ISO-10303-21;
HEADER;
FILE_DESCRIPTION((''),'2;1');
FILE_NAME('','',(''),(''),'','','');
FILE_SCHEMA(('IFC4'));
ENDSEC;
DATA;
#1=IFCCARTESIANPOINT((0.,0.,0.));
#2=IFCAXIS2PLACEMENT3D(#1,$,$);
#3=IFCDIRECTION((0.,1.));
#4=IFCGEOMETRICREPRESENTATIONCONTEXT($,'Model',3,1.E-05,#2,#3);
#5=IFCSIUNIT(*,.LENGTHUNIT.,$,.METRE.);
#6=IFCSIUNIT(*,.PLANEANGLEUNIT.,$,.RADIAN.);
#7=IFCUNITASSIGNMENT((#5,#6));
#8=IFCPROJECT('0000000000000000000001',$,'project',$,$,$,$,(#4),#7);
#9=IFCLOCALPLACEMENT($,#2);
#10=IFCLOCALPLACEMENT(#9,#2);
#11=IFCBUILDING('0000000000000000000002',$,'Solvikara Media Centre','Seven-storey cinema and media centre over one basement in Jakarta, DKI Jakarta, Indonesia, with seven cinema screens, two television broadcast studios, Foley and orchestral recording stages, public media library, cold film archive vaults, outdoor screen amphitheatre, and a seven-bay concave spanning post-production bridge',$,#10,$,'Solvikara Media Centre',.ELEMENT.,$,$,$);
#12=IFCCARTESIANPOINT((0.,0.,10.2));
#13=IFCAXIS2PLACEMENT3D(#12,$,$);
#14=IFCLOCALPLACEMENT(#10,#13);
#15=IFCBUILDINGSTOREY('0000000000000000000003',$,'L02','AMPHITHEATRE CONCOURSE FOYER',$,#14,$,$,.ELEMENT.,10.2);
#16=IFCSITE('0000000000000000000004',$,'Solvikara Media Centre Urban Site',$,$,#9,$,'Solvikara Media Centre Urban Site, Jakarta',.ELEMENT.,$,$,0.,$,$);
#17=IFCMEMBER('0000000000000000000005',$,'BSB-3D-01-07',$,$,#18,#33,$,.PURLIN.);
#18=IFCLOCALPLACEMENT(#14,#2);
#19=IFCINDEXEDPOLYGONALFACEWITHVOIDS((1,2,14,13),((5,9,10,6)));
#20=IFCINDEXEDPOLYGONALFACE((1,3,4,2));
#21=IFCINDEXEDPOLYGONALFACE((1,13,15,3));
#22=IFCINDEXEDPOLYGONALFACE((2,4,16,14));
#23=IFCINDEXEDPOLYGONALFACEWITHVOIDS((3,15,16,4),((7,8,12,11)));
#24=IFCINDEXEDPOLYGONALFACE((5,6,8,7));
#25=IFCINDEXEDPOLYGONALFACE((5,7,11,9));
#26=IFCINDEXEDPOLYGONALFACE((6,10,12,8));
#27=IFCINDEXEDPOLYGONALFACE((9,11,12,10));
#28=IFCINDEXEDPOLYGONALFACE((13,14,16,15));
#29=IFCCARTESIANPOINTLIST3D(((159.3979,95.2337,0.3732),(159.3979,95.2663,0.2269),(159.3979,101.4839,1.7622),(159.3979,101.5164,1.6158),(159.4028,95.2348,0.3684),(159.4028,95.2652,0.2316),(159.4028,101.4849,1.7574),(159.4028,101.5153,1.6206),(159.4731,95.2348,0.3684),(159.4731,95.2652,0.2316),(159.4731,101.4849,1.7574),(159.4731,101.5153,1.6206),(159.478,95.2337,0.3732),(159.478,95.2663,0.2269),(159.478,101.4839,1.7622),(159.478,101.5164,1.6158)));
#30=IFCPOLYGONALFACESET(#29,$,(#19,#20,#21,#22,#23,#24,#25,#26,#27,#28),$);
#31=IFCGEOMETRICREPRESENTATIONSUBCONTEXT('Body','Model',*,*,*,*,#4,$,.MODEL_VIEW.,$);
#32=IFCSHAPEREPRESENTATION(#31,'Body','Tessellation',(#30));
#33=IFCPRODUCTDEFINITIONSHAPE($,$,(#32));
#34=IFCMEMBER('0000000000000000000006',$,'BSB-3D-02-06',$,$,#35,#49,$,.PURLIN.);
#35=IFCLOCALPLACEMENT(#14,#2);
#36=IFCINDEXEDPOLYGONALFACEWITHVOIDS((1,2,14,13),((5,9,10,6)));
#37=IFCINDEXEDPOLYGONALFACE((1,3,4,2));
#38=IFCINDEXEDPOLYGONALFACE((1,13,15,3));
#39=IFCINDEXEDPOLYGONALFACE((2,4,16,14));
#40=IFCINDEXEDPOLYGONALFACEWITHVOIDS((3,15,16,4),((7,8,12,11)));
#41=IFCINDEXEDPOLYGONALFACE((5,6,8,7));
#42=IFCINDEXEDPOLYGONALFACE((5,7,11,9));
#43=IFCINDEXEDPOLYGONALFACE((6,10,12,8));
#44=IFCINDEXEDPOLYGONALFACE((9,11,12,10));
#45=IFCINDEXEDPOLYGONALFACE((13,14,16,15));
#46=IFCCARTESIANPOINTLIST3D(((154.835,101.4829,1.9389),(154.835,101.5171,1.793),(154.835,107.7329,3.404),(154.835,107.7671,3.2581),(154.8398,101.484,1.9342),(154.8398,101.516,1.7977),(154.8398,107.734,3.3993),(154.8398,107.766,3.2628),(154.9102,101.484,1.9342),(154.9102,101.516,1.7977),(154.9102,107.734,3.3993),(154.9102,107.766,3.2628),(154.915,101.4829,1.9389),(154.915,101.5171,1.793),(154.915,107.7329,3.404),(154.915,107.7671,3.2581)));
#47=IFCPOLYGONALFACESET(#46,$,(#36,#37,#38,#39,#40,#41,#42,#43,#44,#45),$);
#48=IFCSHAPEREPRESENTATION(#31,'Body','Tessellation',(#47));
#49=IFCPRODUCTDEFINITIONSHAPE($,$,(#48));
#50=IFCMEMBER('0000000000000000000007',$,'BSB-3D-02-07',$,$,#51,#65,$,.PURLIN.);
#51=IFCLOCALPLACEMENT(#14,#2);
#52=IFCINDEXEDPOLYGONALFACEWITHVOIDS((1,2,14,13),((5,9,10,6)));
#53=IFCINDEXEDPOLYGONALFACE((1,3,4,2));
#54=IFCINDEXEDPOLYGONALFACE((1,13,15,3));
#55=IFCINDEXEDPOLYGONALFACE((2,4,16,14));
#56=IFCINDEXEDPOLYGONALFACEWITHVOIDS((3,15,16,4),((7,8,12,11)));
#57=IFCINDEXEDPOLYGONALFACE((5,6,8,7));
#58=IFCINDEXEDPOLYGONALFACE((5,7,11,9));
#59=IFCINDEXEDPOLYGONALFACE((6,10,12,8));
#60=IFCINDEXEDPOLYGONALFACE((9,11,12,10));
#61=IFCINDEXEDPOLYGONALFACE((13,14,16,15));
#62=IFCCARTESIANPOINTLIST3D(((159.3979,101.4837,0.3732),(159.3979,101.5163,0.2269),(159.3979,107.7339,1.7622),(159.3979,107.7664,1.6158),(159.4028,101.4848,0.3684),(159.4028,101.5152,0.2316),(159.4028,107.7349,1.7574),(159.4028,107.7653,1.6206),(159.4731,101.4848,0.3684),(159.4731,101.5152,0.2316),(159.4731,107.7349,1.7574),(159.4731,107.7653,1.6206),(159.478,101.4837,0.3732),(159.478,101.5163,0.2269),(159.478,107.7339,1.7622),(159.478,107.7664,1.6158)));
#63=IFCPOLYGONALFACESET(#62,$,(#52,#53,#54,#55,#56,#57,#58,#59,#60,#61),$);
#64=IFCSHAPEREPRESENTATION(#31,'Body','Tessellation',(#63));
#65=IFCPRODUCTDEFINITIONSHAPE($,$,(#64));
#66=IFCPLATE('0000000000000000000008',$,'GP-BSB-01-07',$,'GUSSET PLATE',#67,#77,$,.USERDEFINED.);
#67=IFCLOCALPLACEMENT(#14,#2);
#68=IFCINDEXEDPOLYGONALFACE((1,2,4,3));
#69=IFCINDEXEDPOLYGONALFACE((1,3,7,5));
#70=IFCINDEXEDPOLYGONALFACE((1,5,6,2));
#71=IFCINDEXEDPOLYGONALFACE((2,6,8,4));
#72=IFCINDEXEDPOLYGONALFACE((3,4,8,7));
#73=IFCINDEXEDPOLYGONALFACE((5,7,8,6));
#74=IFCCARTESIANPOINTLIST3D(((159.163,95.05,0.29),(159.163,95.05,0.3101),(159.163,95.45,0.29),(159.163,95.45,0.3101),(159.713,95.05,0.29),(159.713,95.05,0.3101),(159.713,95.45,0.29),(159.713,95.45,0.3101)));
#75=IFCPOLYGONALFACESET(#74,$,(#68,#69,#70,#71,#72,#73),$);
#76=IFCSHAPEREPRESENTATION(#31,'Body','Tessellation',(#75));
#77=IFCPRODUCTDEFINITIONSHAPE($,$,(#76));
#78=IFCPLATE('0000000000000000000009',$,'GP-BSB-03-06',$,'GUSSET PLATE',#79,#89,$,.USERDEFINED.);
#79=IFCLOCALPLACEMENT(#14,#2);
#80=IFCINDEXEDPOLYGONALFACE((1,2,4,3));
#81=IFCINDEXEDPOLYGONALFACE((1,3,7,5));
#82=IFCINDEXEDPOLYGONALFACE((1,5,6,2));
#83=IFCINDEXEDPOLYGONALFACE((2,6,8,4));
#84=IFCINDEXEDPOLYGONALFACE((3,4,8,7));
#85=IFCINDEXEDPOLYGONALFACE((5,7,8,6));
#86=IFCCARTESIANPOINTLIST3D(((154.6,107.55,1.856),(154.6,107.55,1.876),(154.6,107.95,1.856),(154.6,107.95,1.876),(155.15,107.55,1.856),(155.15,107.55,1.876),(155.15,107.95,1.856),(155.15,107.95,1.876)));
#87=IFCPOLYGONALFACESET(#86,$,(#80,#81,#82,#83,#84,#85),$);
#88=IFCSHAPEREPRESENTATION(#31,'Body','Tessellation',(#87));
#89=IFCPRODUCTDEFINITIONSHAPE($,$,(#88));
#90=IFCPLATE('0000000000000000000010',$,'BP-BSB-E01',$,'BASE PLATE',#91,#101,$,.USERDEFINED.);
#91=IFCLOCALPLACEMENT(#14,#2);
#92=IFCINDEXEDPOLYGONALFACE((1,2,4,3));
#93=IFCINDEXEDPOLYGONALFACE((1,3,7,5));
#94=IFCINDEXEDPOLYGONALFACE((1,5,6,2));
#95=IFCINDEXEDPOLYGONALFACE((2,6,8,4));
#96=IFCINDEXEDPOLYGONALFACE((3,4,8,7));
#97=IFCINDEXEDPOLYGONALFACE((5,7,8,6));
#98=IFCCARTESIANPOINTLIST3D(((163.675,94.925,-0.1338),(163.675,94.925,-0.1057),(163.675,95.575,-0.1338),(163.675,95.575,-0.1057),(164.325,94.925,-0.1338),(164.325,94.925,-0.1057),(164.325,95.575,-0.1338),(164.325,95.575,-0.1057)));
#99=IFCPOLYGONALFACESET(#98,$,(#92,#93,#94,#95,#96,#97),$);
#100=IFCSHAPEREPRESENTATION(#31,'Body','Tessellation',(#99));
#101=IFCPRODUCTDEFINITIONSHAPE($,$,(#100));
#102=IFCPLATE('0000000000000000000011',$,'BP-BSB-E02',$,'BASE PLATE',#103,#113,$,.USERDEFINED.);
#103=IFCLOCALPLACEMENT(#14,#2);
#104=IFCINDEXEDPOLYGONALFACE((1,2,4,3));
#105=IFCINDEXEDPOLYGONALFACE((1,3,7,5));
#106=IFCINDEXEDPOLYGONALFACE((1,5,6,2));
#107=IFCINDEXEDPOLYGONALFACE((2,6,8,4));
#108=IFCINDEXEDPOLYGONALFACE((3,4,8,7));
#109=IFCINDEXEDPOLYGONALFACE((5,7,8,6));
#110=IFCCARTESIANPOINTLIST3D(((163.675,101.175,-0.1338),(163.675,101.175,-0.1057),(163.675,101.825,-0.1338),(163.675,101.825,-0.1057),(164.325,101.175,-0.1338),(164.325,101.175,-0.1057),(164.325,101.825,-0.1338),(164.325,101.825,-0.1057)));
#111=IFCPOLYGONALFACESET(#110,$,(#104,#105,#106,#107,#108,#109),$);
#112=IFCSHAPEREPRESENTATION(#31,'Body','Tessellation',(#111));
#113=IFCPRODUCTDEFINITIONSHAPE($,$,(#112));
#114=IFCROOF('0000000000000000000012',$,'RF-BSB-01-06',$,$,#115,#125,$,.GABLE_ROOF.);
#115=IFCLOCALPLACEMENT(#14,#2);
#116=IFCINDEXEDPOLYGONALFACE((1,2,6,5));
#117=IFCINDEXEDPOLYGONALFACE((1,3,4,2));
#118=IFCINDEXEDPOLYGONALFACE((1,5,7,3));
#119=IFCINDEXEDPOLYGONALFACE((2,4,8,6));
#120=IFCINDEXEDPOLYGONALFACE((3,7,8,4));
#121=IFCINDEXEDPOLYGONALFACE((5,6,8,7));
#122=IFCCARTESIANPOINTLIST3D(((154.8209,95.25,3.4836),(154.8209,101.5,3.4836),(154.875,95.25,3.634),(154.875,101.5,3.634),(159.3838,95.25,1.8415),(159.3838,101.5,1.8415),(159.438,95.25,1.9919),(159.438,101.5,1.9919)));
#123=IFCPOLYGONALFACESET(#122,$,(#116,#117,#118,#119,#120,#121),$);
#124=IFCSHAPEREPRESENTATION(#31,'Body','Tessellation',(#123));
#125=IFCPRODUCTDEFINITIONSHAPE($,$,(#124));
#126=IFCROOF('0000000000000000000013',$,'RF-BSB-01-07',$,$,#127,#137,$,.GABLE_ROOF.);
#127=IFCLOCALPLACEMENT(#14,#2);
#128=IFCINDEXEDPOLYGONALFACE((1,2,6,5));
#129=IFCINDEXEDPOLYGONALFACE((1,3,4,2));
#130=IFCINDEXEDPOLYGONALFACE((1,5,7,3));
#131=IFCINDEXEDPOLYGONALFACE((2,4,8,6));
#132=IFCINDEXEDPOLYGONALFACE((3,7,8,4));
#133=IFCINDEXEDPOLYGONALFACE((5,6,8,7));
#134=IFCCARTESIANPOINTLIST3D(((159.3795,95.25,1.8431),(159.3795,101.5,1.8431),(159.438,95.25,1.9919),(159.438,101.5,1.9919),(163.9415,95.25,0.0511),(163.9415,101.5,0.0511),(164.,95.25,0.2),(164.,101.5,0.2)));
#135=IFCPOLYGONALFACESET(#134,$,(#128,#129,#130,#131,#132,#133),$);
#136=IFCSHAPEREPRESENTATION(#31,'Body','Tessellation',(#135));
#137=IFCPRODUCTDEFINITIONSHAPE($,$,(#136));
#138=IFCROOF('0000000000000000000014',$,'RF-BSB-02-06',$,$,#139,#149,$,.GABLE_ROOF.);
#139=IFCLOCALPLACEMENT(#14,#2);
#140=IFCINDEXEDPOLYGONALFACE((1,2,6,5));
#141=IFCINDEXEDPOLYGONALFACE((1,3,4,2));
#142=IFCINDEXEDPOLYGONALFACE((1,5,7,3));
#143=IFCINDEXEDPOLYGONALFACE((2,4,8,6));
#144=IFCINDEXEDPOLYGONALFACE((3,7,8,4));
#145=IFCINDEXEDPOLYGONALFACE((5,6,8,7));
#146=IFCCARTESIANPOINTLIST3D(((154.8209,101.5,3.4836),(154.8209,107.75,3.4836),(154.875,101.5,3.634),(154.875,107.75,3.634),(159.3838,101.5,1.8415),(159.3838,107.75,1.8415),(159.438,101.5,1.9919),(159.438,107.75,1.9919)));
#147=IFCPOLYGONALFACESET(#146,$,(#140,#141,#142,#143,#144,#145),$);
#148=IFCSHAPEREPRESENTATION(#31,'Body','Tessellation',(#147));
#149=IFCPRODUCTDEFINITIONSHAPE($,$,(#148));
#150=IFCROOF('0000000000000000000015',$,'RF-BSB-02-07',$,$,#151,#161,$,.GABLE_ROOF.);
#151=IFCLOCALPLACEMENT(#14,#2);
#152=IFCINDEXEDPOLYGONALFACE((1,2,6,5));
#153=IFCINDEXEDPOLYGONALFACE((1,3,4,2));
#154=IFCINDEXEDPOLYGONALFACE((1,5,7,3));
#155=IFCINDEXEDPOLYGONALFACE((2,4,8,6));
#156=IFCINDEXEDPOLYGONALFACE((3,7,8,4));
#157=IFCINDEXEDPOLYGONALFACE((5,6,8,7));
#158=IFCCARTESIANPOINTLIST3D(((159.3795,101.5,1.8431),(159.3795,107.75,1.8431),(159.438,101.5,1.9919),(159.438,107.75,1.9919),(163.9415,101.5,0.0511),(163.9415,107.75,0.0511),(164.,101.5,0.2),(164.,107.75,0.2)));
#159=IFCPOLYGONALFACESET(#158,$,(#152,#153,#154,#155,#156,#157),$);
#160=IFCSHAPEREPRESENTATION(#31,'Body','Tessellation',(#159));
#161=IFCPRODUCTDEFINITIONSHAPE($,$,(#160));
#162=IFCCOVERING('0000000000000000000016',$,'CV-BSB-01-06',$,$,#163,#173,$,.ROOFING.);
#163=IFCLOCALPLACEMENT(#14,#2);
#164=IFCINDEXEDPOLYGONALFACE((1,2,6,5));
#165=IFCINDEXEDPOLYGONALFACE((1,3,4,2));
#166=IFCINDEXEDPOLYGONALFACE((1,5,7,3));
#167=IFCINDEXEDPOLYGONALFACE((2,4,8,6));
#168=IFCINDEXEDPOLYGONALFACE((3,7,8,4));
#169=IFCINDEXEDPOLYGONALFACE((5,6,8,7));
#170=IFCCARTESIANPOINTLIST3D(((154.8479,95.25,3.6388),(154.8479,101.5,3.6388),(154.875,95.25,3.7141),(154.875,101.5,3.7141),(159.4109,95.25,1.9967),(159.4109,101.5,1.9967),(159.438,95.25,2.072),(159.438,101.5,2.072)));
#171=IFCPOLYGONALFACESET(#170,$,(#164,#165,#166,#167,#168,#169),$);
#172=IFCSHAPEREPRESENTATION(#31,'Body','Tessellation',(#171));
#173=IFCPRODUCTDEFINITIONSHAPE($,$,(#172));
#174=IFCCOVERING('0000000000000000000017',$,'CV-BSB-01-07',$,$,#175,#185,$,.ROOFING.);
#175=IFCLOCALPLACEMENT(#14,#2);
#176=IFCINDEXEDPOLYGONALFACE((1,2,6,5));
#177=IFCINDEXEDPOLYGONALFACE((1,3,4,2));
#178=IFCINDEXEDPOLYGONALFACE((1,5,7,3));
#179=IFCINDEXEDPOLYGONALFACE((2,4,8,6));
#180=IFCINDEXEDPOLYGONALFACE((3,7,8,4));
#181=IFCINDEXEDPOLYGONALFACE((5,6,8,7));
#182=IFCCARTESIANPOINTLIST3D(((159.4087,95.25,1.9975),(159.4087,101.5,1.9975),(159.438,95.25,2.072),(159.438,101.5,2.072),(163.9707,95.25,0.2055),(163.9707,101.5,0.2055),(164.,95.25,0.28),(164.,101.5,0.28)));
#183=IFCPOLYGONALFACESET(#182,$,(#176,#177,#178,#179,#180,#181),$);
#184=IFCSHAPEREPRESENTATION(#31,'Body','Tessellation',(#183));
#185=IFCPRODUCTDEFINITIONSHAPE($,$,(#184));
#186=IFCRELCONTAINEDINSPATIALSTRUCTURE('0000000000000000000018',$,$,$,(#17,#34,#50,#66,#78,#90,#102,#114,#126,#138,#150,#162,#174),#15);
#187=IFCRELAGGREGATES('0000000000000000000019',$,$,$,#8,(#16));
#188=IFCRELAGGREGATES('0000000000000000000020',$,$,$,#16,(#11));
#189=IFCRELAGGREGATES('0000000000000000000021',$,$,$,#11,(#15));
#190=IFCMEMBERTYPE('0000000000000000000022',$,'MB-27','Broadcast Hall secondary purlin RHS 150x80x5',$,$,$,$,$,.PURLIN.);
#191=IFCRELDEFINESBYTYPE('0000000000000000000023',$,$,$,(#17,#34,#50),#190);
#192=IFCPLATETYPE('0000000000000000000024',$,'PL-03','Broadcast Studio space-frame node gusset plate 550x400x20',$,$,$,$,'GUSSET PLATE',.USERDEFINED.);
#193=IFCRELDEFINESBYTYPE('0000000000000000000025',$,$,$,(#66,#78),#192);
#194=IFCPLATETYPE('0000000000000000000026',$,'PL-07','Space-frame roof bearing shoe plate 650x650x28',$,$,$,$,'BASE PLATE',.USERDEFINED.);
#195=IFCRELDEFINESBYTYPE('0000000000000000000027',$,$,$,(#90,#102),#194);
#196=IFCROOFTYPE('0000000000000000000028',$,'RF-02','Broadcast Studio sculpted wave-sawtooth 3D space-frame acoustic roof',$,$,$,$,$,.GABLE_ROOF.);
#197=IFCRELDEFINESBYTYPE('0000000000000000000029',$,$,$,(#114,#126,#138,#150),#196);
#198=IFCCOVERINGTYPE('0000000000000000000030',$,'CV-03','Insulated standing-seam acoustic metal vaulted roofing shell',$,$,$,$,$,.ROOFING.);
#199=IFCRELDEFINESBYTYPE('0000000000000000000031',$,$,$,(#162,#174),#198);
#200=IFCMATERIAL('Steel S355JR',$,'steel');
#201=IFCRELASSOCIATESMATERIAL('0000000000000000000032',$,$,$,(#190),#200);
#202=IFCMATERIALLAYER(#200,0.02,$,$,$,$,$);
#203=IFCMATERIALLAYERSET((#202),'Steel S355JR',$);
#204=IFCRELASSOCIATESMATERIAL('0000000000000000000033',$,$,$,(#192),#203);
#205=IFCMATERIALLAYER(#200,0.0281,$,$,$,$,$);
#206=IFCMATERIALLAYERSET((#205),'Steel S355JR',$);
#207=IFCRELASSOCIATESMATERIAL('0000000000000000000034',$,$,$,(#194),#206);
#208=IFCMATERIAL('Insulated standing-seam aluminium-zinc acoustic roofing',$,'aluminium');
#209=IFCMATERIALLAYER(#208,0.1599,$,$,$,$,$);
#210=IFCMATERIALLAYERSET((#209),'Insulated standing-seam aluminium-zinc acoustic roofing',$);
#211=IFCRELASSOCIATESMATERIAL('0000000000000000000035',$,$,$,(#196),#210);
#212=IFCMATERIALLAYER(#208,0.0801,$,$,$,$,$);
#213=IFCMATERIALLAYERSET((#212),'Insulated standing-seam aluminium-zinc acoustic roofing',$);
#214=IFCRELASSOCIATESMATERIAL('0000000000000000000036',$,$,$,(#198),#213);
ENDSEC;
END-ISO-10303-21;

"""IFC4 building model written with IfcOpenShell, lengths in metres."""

from ifc_helpers import new_model, si_unit, direction, frame, origin, origin_2d, place, context, subcontext, project, spatial, polyline, rectangle, hollow_rectangle, outline, extrude, material, layer, layer_set, material_profile, profile_set, type_object, element, save


model = new_model("IFC4")

# Units and contexts
model_context = context("Model", 3, precision=1e-05, world=origin(), true_north=direction((0.0, 1.0)))
body_context = subcontext(model_context, "Body", "Model", "MODEL_VIEW")
ifc_project = project(units=[si_unit("LENGTHUNIT", "METRE"), si_unit("PLANEANGLEUNIT", "RADIAN")], contexts=[model_context])

# Site, building, storey
site_placement = place(None, origin())
site = spatial("IfcSite", under=ifc_project, at=site_placement, Name="Solvikara Media Centre Urban Site", LongName="Solvikara Media Centre Urban Site, Jakarta", CompositionType="ELEMENT", RefElevation=0.0)
building_placement = place(site_placement, origin())
building = spatial("IfcBuilding", under=site, at=building_placement, Name="Solvikara Media Centre", Description="Seven-storey cinema and media centre over one basement in Jakarta, DKI Jakarta, Indonesia, with seven cinema screens, two television broadcast studios, Foley and orchestral recording stages, public media library, cold film archive vaults, outdoor screen amphitheatre, and a seven-bay concave spanning post-production bridge", LongName="Solvikara Media Centre", CompositionType="ELEMENT")
storey_placement = place(building_placement, frame((0.0, 0.0, 10.2)))
storey = spatial("IfcBuildingStorey", under=building, at=storey_placement, Name="L02", Description="AMPHITHEATRE CONCOURSE FOYER", CompositionType="ELEMENT", Elevation=10.2)

# Shared definitions
ifc_material_1 = material(Name="Steel S355JR", Category="steel")

# Members
ifc_material_profile_1 = material_profile(ifc_material_1, hollow_rectangle(XDim=0.0801, YDim=0.1499, WallThickness=0.0049, at=origin_2d()), Name="RHS 150x80x5")
ifc_profile_set_1 = profile_set([ifc_material_profile_1], Name="Steel S355JR")
member_type_1 = type_object("IfcMemberType", Name="MB-27", Description="Broadcast Hall secondary purlin RHS 150x80x5", PredefinedType="PURLIN", material=ifc_profile_set_1)
member_1_placement = place(storey_placement, frame((159.438, 95.25, 0.3), z_axis=(0.0, 0.976186, 0.216934), x_axis=(-1.0, 0.0, 0.0)))
element("IfcMember", 1, at=member_1_placement, inside=storey, type_object=member_type_1, Name="BSB-3D-01-07", PredefinedType="PURLIN", context=body_context, shape_type="SweptSolid", body=[
    extrude(hollow_rectangle(XDim=0.0801, YDim=0.1499, WallThickness=0.0049, at=origin_2d()), origin(), (0.0, 0.0, 1.0), 6.4026),
])
member_2_placement = place(storey_placement, frame((154.875, 101.5, 1.866), z_axis=(0.0, 0.973608, 0.228227), x_axis=(-1.0, 0.0, 0.0)))
element("IfcMember", 2, at=member_2_placement, inside=storey, type_object=member_type_1, Name="BSB-3D-02-06", PredefinedType="PURLIN", context=body_context, shape_type="SweptSolid", body=[
    extrude(hollow_rectangle(XDim=0.0801, YDim=0.1499, WallThickness=0.0049, at=origin_2d()), origin(), (0.0, 0.0, 1.0), 6.4194),
])
member_3_placement = place(storey_placement, frame((159.438, 101.5, 0.3), z_axis=(0.0, 0.976186, 0.216934), x_axis=(-1.0, 0.0, 0.0)))
element("IfcMember", 3, at=member_3_placement, inside=storey, type_object=member_type_1, Name="BSB-3D-02-07", PredefinedType="PURLIN", context=body_context, shape_type="SweptSolid", body=[
    extrude(hollow_rectangle(XDim=0.0801, YDim=0.1499, WallThickness=0.0049, at=origin_2d()), origin(), (0.0, 0.0, 1.0), 6.4026),
])

# Plates
ifc_layer_1 = layer(ifc_material_1, 0.02)
ifc_layer_set_1 = layer_set([ifc_layer_1], Name="Steel S355JR")
plate_type_1 = type_object("IfcPlateType", Name="PL-03", Description="Broadcast Studio space-frame node gusset plate 550x400x20", ElementType="GUSSET PLATE", PredefinedType="USERDEFINED", material=ifc_layer_set_1)
for number, where, z_axis, x_axis, name in (
    (4, (159.438, 95.25, 0.29), (0.0, 0.0, 1.0), (1.0, 0.0, 0.0), "GP-BSB-01-07"),
    (5, (154.875, 107.75, 1.856), (0.0, 0.0, 1.0), (1.0, 0.0, 0.0), "GP-BSB-03-06"),
):
    element("IfcPlate", number, at=place(storey_placement, frame(where, z_axis=z_axis, x_axis=x_axis)), inside=storey, type_object=plate_type_1, Name=name, ObjectType="GUSSET PLATE", PredefinedType="USERDEFINED", context=body_context, shape_type="SweptSolid", body=[
        extrude(rectangle(XDim=0.55, YDim=0.3999, at=origin_2d()), origin(), (0.0, 0.0, 1.0), 0.02),
    ])
ifc_layer_2 = layer(ifc_material_1, 0.0281)
ifc_layer_set_2 = layer_set([ifc_layer_2], Name="Steel S355JR")
plate_type_2 = type_object("IfcPlateType", Name="PL-07", Description="Space-frame roof bearing shoe plate 650x650x28", ElementType="BASE PLATE", PredefinedType="USERDEFINED", material=ifc_layer_set_2)
for number, where, z_axis, x_axis, name in (
    (6, (164.0, 95.25, -0.1338), (0.0, 0.0, 1.0), (1.0, 0.0, 0.0), "BP-BSB-E01"),
    (7, (164.0, 101.5, -0.1338), (0.0, 0.0, 1.0), (1.0, 0.0, 0.0), "BP-BSB-E02"),
):
    element("IfcPlate", number, at=place(storey_placement, frame(where, z_axis=z_axis, x_axis=x_axis)), inside=storey, type_object=plate_type_2, Name=name, ObjectType="BASE PLATE", PredefinedType="USERDEFINED", context=body_context, shape_type="SweptSolid", body=[
        extrude(rectangle(XDim=0.6499, YDim=0.6499, at=origin_2d()), origin(), (0.0, 0.0, 1.0), 0.0281),
    ])

# Roofs
ifc_material_2 = material(Name="Insulated standing-seam aluminium-zinc acoustic roofing", Category="aluminium")
ifc_layer_3 = layer(ifc_material_2, 0.1599)
ifc_layer_set_3 = layer_set([ifc_layer_3], Name="Insulated standing-seam aluminium-zinc acoustic roofing")
roof_type = type_object("IfcRoofType", Name="RF-02", Description="Broadcast Studio sculpted wave-sawtooth 3D space-frame acoustic roof", PredefinedType="GABLE_ROOF", material=ifc_layer_set_3)
roof_1_placement = place(storey_placement, frame((154.875, 95.25, 3.634), z_axis=(0.338613, 0.0, 0.940926), x_axis=(0.940926, 0.0, -0.338613)))
element("IfcRoof", 8, at=roof_1_placement, inside=storey, type_object=roof_type, Name="RF-BSB-01-06", PredefinedType="GABLE_ROOF", context=body_context, shape_type="SweptSolid", body=[
    extrude(outline(polyline([(0.0, 0.0), (4.8495, 0.0), (4.8495, 6.25), (0.0, 6.25), (0.0, 0.0)])), origin(), (0.0, 0.0, -1.0), 0.1599),
])
roof_2_placement = place(storey_placement, frame((159.438, 95.25, 1.9919), z_axis=(0.365612, 0.0, 0.930767), x_axis=(0.930767, 0.0, -0.365612)))
element("IfcRoof", 9, at=roof_2_placement, inside=storey, type_object=roof_type, Name="RF-BSB-01-07", PredefinedType="GABLE_ROOF", context=body_context, shape_type="SweptSolid", body=[
    extrude(outline(polyline([(0.0, 0.0), (4.9013, 0.0), (4.9013, 6.25), (0.0, 6.25), (0.0, 0.0)])), origin(), (0.0, 0.0, -1.0), 0.1599),
])
roof_3_placement = place(storey_placement, frame((154.875, 101.5, 3.634), z_axis=(0.338613, 0.0, 0.940926), x_axis=(0.940926, 0.0, -0.338613)))
element("IfcRoof", 10, at=roof_3_placement, inside=storey, type_object=roof_type, Name="RF-BSB-02-06", PredefinedType="GABLE_ROOF", context=body_context, shape_type="SweptSolid", body=[
    extrude(outline(polyline([(0.0, 0.0), (4.8495, 0.0), (4.8495, 6.25), (0.0, 6.25), (0.0, 0.0)])), origin(), (0.0, 0.0, -1.0), 0.1599),
])
roof_4_placement = place(storey_placement, frame((159.438, 101.5, 1.9919), z_axis=(0.365612, 0.0, 0.930767), x_axis=(0.930767, 0.0, -0.365612)))
element("IfcRoof", 11, at=roof_4_placement, inside=storey, type_object=roof_type, Name="RF-BSB-02-07", PredefinedType="GABLE_ROOF", context=body_context, shape_type="SweptSolid", body=[
    extrude(outline(polyline([(0.0, 0.0), (4.9013, 0.0), (4.9013, 6.25), (0.0, 6.25), (0.0, 0.0)])), origin(), (0.0, 0.0, -1.0), 0.1599),
])

# Coverings
ifc_layer_4 = layer(ifc_material_2, 0.0801)
ifc_layer_set_4 = layer_set([ifc_layer_4], Name="Insulated standing-seam aluminium-zinc acoustic roofing")
covering_type = type_object("IfcCoveringType", Name="CV-03", Description="Insulated standing-seam acoustic metal vaulted roofing shell", PredefinedType="ROOFING", material=ifc_layer_set_4)
covering_1_placement = place(storey_placement, frame((154.875, 95.25, 3.7141), z_axis=(0.338613, 0.0, 0.940926), x_axis=(0.940926, 0.0, -0.338613)))
element("IfcCovering", 12, at=covering_1_placement, inside=storey, type_object=covering_type, Name="CV-BSB-01-06", PredefinedType="ROOFING", context=body_context, shape_type="SweptSolid", body=[
    extrude(outline(polyline([(0.0, 0.0), (4.8495, 0.0), (4.8495, 6.25), (0.0, 6.25), (0.0, 0.0)])), origin(), (0.0, 0.0, -1.0), 0.0801),
])
covering_2_placement = place(storey_placement, frame((159.438, 95.25, 2.072), z_axis=(0.365612, 0.0, 0.930767), x_axis=(0.930767, 0.0, -0.365612)))
element("IfcCovering", 13, at=covering_2_placement, inside=storey, type_object=covering_type, Name="CV-BSB-01-07", PredefinedType="ROOFING", context=body_context, shape_type="SweptSolid", body=[
    extrude(outline(polyline([(0.0, 0.0), (4.9013, 0.0), (4.9013, 6.25), (0.0, 6.25), (0.0, 0.0)])), origin(), (0.0, 0.0, -1.0), 0.0801),
])

save(model, "model.ifc")
